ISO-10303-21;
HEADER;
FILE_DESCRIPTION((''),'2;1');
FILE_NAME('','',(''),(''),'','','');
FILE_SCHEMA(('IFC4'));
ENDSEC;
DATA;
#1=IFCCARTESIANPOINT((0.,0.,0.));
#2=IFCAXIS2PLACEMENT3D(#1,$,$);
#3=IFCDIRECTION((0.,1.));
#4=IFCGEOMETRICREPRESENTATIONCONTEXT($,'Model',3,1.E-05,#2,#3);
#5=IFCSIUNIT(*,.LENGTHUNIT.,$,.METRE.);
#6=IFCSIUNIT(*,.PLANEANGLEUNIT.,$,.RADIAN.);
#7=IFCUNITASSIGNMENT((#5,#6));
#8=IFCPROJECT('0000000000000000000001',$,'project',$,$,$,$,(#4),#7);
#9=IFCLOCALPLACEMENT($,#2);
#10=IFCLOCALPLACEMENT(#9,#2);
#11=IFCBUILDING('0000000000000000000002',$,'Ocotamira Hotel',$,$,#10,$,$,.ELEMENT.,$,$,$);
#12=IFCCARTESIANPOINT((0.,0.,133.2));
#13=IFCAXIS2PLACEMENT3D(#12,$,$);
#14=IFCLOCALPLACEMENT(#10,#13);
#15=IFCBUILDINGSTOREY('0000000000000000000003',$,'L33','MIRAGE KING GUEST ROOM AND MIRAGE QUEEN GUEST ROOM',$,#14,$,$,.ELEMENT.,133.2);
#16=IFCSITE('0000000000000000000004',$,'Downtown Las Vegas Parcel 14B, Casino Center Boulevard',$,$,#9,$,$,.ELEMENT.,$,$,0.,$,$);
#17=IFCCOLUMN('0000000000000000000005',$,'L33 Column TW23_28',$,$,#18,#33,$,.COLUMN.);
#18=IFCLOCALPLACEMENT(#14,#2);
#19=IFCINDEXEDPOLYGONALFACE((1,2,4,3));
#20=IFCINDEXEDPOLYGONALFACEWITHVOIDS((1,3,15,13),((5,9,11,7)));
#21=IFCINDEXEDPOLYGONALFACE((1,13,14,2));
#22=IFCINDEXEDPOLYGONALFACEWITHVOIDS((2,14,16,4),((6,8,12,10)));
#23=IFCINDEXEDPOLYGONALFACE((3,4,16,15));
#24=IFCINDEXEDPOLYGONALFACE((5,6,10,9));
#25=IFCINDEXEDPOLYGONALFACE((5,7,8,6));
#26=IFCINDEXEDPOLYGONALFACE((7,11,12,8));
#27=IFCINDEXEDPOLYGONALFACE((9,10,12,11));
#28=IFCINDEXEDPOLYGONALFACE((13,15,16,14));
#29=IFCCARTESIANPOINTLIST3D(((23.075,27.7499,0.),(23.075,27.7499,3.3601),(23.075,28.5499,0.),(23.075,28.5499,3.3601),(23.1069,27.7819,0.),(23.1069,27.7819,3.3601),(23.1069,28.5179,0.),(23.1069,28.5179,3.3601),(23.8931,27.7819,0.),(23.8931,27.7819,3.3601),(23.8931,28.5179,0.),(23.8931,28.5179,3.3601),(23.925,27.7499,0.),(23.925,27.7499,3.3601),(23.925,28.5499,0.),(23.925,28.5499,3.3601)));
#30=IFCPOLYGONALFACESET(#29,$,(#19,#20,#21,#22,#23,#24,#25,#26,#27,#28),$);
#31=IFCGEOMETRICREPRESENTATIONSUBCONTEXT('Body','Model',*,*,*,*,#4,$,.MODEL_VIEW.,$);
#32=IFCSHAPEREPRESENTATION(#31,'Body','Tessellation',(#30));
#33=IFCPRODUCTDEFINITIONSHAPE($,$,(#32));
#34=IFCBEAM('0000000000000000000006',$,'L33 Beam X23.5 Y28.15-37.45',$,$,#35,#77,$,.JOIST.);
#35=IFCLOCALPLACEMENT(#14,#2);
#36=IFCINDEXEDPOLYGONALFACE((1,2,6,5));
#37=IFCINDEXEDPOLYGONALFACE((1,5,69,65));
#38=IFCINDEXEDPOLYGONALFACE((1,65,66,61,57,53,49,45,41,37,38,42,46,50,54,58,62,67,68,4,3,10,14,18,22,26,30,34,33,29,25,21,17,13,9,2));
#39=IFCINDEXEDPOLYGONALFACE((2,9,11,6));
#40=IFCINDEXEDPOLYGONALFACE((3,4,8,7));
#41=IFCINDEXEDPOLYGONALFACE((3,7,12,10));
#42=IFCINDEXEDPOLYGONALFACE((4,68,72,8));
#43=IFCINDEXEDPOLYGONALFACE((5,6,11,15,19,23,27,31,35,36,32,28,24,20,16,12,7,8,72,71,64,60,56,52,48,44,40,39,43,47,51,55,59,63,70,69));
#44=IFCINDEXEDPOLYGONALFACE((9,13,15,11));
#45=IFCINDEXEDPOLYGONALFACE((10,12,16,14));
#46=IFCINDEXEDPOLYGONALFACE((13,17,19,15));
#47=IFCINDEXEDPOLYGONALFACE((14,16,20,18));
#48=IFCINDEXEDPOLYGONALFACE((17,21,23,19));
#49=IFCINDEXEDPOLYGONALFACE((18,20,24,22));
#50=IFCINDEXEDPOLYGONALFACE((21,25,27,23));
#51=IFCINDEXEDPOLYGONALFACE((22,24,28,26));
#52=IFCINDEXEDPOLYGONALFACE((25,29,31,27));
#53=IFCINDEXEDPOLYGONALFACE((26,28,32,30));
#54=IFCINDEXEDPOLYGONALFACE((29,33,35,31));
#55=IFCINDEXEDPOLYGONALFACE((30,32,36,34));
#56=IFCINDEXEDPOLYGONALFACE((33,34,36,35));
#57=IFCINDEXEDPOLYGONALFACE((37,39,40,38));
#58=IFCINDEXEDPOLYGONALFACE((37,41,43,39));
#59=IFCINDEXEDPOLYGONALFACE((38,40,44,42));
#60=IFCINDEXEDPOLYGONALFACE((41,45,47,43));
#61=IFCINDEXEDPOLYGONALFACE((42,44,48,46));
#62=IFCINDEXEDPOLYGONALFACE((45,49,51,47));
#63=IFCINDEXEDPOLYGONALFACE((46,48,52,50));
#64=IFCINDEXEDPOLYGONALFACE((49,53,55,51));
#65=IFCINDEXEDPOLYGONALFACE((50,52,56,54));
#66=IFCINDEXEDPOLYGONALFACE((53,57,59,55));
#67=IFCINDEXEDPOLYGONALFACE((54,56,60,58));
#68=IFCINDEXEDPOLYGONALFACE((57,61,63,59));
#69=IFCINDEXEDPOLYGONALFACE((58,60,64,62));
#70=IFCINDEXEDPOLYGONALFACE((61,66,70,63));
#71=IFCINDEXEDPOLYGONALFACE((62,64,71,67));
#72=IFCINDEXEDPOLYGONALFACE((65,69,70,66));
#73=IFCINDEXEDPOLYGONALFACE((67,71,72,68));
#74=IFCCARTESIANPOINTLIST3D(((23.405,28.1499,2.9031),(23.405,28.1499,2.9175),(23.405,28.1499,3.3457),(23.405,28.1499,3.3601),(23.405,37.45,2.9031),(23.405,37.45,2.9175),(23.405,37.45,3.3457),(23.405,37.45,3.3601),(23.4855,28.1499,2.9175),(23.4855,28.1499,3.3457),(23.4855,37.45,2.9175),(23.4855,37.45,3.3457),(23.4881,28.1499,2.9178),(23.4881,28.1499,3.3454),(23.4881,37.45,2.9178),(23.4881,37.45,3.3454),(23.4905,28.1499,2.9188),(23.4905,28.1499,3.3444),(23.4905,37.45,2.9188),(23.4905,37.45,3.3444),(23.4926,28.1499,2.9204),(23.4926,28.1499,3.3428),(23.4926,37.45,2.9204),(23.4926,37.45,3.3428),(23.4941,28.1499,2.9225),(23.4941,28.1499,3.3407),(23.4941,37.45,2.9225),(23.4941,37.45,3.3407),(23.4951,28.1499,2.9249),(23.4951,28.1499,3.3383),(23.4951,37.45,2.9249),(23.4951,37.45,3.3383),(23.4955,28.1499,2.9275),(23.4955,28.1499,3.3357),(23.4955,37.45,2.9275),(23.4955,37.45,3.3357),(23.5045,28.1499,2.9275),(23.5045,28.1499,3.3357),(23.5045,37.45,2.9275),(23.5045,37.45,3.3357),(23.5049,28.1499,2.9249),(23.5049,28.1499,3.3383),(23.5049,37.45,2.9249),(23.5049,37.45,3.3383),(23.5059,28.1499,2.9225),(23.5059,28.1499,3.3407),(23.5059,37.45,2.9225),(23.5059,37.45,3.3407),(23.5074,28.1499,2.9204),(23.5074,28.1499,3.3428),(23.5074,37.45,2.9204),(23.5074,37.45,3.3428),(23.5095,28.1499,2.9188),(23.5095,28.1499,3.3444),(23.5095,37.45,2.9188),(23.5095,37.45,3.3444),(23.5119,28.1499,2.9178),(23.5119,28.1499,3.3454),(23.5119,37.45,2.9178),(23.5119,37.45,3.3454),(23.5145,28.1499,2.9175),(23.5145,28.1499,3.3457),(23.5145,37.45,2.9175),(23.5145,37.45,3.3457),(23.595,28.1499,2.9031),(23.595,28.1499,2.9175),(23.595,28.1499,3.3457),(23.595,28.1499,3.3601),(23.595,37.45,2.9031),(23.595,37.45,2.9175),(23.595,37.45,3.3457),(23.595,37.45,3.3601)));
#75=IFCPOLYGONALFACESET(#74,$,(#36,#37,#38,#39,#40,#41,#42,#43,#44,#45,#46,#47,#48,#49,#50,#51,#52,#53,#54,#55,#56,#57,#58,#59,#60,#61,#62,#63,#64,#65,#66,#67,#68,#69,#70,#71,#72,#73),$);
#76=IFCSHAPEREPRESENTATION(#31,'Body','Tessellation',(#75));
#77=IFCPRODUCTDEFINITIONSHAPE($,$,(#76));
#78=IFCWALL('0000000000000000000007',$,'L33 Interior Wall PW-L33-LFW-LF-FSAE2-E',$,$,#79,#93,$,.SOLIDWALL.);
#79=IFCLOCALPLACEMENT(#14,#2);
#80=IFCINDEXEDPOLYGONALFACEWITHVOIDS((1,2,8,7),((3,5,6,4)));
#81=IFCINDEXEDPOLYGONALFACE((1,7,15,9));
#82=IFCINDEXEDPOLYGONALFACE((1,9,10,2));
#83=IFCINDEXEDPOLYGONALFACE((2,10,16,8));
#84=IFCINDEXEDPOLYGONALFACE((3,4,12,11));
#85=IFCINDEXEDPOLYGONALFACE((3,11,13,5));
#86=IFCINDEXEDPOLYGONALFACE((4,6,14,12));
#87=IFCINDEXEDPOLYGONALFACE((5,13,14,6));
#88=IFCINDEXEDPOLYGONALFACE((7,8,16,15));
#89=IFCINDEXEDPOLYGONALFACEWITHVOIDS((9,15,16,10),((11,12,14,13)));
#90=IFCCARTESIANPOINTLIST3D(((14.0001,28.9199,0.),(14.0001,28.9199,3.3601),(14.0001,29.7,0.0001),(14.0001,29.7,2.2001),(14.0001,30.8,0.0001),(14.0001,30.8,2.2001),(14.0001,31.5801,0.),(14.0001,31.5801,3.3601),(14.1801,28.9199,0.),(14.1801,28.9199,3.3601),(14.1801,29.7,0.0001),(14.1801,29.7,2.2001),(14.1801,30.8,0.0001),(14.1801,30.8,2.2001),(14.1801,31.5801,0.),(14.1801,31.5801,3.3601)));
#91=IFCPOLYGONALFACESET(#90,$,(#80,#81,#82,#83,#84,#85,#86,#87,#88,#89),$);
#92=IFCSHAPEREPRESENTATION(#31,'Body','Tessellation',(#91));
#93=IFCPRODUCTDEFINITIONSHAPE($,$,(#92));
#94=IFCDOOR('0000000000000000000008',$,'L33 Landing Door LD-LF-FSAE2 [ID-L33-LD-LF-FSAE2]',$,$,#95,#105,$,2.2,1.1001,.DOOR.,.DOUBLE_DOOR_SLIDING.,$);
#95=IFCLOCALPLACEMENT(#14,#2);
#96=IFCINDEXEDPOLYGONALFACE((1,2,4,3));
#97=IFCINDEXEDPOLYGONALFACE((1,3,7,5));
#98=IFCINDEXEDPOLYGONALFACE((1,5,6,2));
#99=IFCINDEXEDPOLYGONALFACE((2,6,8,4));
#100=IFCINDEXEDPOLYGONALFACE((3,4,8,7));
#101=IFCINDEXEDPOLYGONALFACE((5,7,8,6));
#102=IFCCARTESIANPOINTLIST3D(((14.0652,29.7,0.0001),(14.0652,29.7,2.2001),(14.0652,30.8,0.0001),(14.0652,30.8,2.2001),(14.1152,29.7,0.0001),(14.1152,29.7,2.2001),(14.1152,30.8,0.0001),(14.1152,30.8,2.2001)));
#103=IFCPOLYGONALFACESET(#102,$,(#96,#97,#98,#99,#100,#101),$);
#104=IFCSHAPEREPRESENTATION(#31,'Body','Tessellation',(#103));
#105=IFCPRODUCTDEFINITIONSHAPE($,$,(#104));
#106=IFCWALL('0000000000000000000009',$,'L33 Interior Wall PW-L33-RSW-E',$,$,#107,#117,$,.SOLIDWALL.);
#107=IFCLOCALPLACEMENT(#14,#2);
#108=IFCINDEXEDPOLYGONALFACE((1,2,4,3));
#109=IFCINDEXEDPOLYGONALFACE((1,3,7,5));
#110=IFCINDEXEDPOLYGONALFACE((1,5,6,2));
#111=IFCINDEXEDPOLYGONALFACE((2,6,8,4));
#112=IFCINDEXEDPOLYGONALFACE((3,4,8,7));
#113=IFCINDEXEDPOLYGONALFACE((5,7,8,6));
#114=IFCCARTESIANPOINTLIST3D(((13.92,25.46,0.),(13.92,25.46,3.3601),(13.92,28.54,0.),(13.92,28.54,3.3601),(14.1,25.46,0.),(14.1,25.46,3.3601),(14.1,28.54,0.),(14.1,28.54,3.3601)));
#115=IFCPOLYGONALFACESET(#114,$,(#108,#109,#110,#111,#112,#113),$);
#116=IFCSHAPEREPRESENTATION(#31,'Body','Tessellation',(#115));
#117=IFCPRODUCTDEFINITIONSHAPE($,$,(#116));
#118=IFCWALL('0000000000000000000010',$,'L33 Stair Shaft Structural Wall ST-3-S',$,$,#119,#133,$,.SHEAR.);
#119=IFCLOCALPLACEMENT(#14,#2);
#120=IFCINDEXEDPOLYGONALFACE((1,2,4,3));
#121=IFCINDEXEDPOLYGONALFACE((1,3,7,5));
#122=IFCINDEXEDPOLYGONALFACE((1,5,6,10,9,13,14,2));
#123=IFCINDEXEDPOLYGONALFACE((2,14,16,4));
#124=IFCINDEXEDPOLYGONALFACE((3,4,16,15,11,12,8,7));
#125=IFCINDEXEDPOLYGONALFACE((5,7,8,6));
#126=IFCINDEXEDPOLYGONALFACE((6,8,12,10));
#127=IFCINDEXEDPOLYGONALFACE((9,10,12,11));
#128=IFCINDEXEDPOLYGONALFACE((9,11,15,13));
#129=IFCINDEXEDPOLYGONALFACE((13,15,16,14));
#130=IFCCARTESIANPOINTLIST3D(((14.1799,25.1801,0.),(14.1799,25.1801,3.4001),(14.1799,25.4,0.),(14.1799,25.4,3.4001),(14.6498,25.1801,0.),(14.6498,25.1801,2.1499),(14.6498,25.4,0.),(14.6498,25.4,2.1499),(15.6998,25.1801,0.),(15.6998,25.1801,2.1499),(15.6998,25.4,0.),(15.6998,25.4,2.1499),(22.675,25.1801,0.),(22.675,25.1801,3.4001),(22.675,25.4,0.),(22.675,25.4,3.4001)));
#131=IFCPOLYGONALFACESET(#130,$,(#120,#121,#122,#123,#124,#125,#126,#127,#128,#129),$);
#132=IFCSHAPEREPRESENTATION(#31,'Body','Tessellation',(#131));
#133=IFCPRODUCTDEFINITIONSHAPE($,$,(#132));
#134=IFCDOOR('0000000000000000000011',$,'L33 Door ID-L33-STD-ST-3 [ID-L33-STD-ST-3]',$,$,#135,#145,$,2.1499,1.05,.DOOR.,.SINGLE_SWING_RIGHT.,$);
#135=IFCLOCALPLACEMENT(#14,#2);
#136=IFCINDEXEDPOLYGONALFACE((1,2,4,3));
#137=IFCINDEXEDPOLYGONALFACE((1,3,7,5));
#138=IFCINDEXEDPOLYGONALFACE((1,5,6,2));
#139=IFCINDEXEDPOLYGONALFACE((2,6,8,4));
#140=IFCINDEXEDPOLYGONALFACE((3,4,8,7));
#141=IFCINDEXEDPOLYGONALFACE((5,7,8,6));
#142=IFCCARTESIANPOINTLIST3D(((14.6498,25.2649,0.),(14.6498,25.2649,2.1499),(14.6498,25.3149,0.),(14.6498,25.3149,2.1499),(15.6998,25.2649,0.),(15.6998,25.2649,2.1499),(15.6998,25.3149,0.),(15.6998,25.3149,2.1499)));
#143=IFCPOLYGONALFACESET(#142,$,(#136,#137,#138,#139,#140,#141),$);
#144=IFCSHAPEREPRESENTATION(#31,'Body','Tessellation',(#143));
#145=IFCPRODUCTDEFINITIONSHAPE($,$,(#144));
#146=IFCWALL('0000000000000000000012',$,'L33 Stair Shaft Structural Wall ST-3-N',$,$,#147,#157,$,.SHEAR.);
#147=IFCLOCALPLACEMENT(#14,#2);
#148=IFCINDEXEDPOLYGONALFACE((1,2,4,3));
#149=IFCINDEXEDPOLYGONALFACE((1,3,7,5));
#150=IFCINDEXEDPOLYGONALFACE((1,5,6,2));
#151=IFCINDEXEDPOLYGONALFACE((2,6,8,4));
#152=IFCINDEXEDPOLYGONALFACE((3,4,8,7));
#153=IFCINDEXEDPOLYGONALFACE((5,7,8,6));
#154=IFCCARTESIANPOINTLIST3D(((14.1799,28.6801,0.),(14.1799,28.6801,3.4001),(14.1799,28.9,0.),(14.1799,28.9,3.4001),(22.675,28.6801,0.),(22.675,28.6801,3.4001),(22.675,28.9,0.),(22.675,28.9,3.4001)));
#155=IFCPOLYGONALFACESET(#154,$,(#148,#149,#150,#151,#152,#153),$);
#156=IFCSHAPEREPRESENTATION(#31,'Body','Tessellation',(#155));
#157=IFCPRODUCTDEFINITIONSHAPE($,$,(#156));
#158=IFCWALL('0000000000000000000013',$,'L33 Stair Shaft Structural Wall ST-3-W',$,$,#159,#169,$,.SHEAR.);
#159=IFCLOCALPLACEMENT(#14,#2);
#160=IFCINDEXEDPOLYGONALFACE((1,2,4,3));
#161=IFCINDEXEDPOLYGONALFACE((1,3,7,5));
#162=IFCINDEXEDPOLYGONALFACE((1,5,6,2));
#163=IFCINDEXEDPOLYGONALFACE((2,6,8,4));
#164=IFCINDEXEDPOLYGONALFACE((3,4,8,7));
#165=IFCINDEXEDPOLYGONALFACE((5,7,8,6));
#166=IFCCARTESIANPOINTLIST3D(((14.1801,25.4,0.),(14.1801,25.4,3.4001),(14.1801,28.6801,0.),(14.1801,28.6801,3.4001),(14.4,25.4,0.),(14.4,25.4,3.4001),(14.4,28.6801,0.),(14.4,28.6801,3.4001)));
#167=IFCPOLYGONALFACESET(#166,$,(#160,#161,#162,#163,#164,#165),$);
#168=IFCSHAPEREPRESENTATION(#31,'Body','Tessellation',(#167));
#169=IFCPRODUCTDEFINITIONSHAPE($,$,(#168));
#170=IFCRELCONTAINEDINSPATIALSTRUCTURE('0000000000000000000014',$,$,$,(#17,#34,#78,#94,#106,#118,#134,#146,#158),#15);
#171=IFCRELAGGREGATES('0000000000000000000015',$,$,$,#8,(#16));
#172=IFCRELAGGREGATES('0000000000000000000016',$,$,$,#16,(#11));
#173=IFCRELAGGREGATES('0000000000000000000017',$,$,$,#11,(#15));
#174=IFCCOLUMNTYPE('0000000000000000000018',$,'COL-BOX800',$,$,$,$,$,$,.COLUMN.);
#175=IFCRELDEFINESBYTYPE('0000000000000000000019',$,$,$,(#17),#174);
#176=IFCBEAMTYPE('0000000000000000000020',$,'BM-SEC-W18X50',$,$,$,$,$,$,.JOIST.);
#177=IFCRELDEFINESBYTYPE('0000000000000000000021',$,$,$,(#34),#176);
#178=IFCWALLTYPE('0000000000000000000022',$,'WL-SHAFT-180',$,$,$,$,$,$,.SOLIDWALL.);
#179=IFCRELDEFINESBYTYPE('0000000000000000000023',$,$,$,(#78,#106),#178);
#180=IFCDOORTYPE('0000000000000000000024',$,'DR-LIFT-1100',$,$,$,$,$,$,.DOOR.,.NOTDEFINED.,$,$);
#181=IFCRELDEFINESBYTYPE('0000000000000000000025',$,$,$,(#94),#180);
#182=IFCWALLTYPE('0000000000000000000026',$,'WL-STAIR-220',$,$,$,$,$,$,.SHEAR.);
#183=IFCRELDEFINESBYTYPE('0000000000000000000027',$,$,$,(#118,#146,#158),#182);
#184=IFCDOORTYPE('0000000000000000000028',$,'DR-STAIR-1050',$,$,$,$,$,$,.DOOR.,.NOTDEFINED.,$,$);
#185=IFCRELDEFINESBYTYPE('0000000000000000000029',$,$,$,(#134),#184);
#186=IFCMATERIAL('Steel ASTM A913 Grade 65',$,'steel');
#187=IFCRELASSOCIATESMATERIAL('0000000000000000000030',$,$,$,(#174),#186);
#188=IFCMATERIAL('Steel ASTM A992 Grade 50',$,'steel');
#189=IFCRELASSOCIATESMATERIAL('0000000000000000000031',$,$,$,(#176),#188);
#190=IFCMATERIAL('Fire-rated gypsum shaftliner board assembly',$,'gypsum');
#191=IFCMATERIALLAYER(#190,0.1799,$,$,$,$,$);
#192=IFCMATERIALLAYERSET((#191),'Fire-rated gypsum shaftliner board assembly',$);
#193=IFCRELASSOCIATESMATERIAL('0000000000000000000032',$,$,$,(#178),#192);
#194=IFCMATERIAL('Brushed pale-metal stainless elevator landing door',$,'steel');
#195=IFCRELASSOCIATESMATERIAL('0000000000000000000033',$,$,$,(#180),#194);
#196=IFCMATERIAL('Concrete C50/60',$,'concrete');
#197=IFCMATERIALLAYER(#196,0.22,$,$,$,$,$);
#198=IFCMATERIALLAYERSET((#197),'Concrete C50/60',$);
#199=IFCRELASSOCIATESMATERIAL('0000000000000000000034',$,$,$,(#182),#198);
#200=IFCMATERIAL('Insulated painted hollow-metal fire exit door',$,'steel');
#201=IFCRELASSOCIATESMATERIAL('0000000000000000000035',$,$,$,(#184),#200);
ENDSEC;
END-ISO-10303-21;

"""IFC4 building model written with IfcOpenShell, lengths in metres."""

from ifc_helpers import new_model, si_unit, direction, frame, frame_2d, origin, origin_2d, place, context, subcontext, project, spatial, rectangle, hollow_rectangle, i_section, extrude, source, transform, mapped, material, layer, layer_set, material_profile, profile_set, type_object, element, fill, save


model = new_model("IFC4")

# Units and contexts
model_context = context("Model", 3, precision=1e-05, world=origin(), true_north=direction((0.0, 1.0)))
body_context = subcontext(model_context, "Body", "Model", "MODEL_VIEW")
ifc_project = project(units=[si_unit("LENGTHUNIT", "METRE"), si_unit("PLANEANGLEUNIT", "RADIAN")], contexts=[model_context])

# Site, building, storey
site_placement = place(None, origin())
site = spatial("IfcSite", under=ifc_project, at=site_placement, Name="Downtown Las Vegas Parcel 14B, Casino Center Boulevard", CompositionType="ELEMENT", RefElevation=0.0)
building_placement = place(site_placement, origin())
building = spatial("IfcBuilding", under=site, at=building_placement, Name="Ocotamira Hotel", CompositionType="ELEMENT")
storey_placement = place(building_placement, frame((0.0, 0.0, 133.2)))
storey = spatial("IfcBuildingStorey", under=building, at=storey_placement, Name="L33", Description="MIRAGE KING GUEST ROOM AND MIRAGE QUEEN GUEST ROOM", CompositionType="ELEMENT", Elevation=133.2)

# Column
ifc_material_1 = material(Name="Steel ASTM A913 Grade 65", Category="steel")
ifc_material_profile_1 = material_profile(ifc_material_1, hollow_rectangle(XDim=0.8501, YDim=0.8, WallThickness=0.032, at=origin_2d()), Name="BOX800X850X32")
ifc_profile_set_1 = profile_set([ifc_material_profile_1], Name="Steel ASTM A913 Grade 65")
column_type = type_object("IfcColumnType", Name="COL-BOX800", PredefinedType="COLUMN", material=ifc_profile_set_1)
shared_shape_1 = source(origin(), body_context, "Body", "SweptSolid", [
    extrude(hollow_rectangle(XDim=0.8501, YDim=0.8, WallThickness=0.032, at=origin_2d()), origin(), (0.0, 0.0, 1.0), 3.3601),
])
column_placement = place(storey_placement, frame((23.5, 28.1499, 0.0), z_axis=(0.0, 0.0, 1.0), x_axis=(1.0, 0.0, 0.0)))
element("IfcColumn", 1, at=column_placement, inside=storey, type_object=column_type, Name="L33 Column TW23_28", PredefinedType="COLUMN", context=body_context, shape_type="MappedRepresentation", body=[
    mapped(shared_shape_1, transform((0.0, 0.0, 0.0), scale=1.0)),
])

# Beam
ifc_material_2 = material(Name="Steel ASTM A992 Grade 50", Category="steel")
ifc_material_profile_2 = material_profile(ifc_material_2, i_section(OverallWidth=0.1899, OverallDepth=0.457, WebThickness=0.009, FlangeThickness=0.0144, FilletRadius=0.01, at=origin_2d()), Name="W18X50")
ifc_profile_set_2 = profile_set([ifc_material_profile_2], Name="Steel ASTM A992 Grade 50")
beam_type = type_object("IfcBeamType", Name="BM-SEC-W18X50", PredefinedType="JOIST", material=ifc_profile_set_2)
shared_shape_2 = source(origin(), body_context, "Body", "SweptSolid", [
    extrude(i_section(OverallWidth=0.1899, OverallDepth=0.457, WebThickness=0.009, FlangeThickness=0.0144, FilletRadius=0.01, at=origin_2d()), origin(), (0.0, 0.0, 1.0), 9.3),
])
beam_placement = place(storey_placement, frame((23.5, 28.1499, 3.1316), z_axis=(0.0, 1.0, 0.0), x_axis=(-1.0, 0.0, 0.0)))
element("IfcBeam", 2, at=beam_placement, inside=storey, type_object=beam_type, Name="L33 Beam X23.5 Y28.15-37.45", PredefinedType="JOIST", context=body_context, shape_type="MappedRepresentation", body=[
    mapped(shared_shape_2, transform((0.0, 0.0, 0.0), scale=1.0)),
])

# Wall, opening, door
ifc_material_3 = material(Name="Fire-rated gypsum shaftliner board assembly", Category="gypsum")
ifc_layer_1 = layer(ifc_material_3, 0.1799)
ifc_layer_set_1 = layer_set([ifc_layer_1], Name="Fire-rated gypsum shaftliner board assembly")
wall_type_1 = type_object("IfcWallType", Name="WL-SHAFT-180", PredefinedType="SOLIDWALL", material=ifc_layer_set_1)
wall_1_placement = place(storey_placement, frame((14.0901, 28.9199, 0.0), z_axis=(0.0, 0.0, 1.0), x_axis=(0.0, 1.0, 0.0)))
wall_1 = element("IfcWall", 3, at=wall_1_placement, inside=storey, type_object=wall_type_1, Name="L33 Interior Wall PW-L33-LFW-LF-FSAE2-E", PredefinedType="SOLIDWALL", context=body_context, shape_type="SweptSolid", body=[
    extrude(rectangle(XDim=2.6602, YDim=0.1799, at=frame_2d((1.3301, 0.0))), origin(), (0.0, 0.0, 1.0), 3.3601),
])
opening_1_placement = place(wall_1_placement, frame((0.78, 0.0, 0.0)))
opening_1 = element("IfcOpeningElement", 4, at=opening_1_placement, cuts=wall_1, PredefinedType="OPENING", context=body_context, shape_type="SweptSolid", body=[
    extrude(rectangle(XDim=1.1001, YDim=2.2, at=frame_2d((0.55, 1.1001))), frame((0.0, 0.1001, 0.0), z_axis=(0.0, -1.0, 0.0), x_axis=(1.0, 0.0, 0.0)), (0.0, 0.0, 1.0), 0.2),
])
ifc_material_4 = material(Name="Brushed pale-metal stainless elevator landing door", Category="steel")
door_type_1 = type_object("IfcDoorType", Name="DR-LIFT-1100", OperationType="NOTDEFINED", PredefinedType="DOOR", material=ifc_material_4)
shared_shape_3 = source(origin(), body_context, "Body", "SweptSolid", [
    extrude(rectangle(XDim=1.1001, YDim=2.2, at=frame_2d((0.55, 1.1001))), frame((0.0, 0.0249, 0.0), z_axis=(0.0, -1.0, 0.0), x_axis=(1.0, 0.0, 0.0)), (0.0, 0.0, 1.0), 0.05),
])
door_1_placement = place(opening_1_placement, origin())
door_1 = element("IfcDoor", 5, at=door_1_placement, inside=storey, type_object=door_type_1, Name="L33 Landing Door LD-LF-FSAE2 [ID-L33-LD-LF-FSAE2]", OperationType="DOUBLE_DOOR_SLIDING", OverallHeight=2.2, OverallWidth=1.1001, PredefinedType="DOOR", context=body_context, shape_type="MappedRepresentation", body=[
    mapped(shared_shape_3, transform((0.0, 0.0, 0.0), scale=1.0)),
])
fill(opening_1, door_1)

# Wall
wall_2_placement = place(storey_placement, frame((14.01, 25.46, 0.0), z_axis=(0.0, 0.0, 1.0), x_axis=(0.0, 1.0, 0.0)))
element("IfcWall", 6, at=wall_2_placement, inside=storey, type_object=wall_type_1, Name="L33 Interior Wall PW-L33-RSW-E", PredefinedType="SOLIDWALL", context=body_context, shape_type="SweptSolid", body=[
    extrude(rectangle(XDim=3.0801, YDim=0.1799, at=frame_2d((1.54, 0.0))), origin(), (0.0, 0.0, 1.0), 3.3601),
])

# Wall, opening, door
ifc_material_5 = material(Name="Concrete C50/60", Category="concrete")
ifc_layer_2 = layer(ifc_material_5, 0.22)
ifc_layer_set_2 = layer_set([ifc_layer_2], Name="Concrete C50/60")
wall_type_2 = type_object("IfcWallType", Name="WL-STAIR-220", PredefinedType="SHEAR", material=ifc_layer_set_2)
wall_3_placement = place(storey_placement, frame((14.1799, 25.29, 0.0), z_axis=(0.0, 0.0, 1.0), x_axis=(1.0, 0.0, 0.0)))
wall_3 = element("IfcWall", 7, at=wall_3_placement, inside=storey, type_object=wall_type_2, Name="L33 Stair Shaft Structural Wall ST-3-S", PredefinedType="SHEAR", context=body_context, shape_type="SweptSolid", body=[
    extrude(rectangle(XDim=8.4951, YDim=0.22, at=frame_2d((4.2476, 0.0))), origin(), (0.0, 0.0, 1.0), 3.4001),
])
opening_2_placement = place(wall_3_placement, frame((0.47, 0.0, 0.0)))
opening_2 = element("IfcOpeningElement", 8, at=opening_2_placement, cuts=wall_3, PredefinedType="OPENING", context=body_context, shape_type="SweptSolid", body=[
    extrude(rectangle(XDim=1.05, YDim=2.1499, at=frame_2d((0.5249, 1.075))), frame((0.0, 0.1201, 0.0), z_axis=(0.0, -1.0, 0.0), x_axis=(1.0, 0.0, 0.0)), (0.0, 0.0, 1.0), 0.24),
])
ifc_material_6 = material(Name="Insulated painted hollow-metal fire exit door", Category="steel")
door_type_2 = type_object("IfcDoorType", Name="DR-STAIR-1050", OperationType="NOTDEFINED", PredefinedType="DOOR", material=ifc_material_6)
shared_shape_4 = source(origin(), body_context, "Body", "SweptSolid", [
    extrude(rectangle(XDim=1.05, YDim=2.1499, at=frame_2d((0.5249, 1.075))), frame((0.0, 0.0249, 0.0), z_axis=(0.0, -1.0, 0.0), x_axis=(1.0, 0.0, 0.0)), (0.0, 0.0, 1.0), 0.05),
])
door_2_placement = place(opening_2_placement, origin())
door_2 = element("IfcDoor", 9, at=door_2_placement, inside=storey, type_object=door_type_2, Name="L33 Door ID-L33-STD-ST-3 [ID-L33-STD-ST-3]", OperationType="SINGLE_SWING_RIGHT", OverallHeight=2.1499, OverallWidth=1.05, PredefinedType="DOOR", context=body_context, shape_type="MappedRepresentation", body=[
    mapped(shared_shape_4, transform((0.0, 0.0, 0.0), scale=1.0)),
])
fill(opening_2, door_2)

# Walls
wall_4_placement = place(storey_placement, frame((14.1799, 28.79, 0.0), z_axis=(0.0, 0.0, 1.0), x_axis=(1.0, 0.0, 0.0)))
element("IfcWall", 10, at=wall_4_placement, inside=storey, type_object=wall_type_2, Name="L33 Stair Shaft Structural Wall ST-3-N", PredefinedType="SHEAR", context=body_context, shape_type="SweptSolid", body=[
    extrude(rectangle(XDim=8.4951, YDim=0.22, at=frame_2d((4.2476, 0.0))), origin(), (0.0, 0.0, 1.0), 3.4001),
])
for number, where, z_axis, x_axis, name in (
    (11, (14.29, 25.3999, 0.0), (0.0, 0.0, 1.0), (0.0, 1.0, 0.0), "L33 Stair Shaft Structural Wall ST-3-W"),
):
    element("IfcWall", number, at=place(storey_placement, frame(where, z_axis=z_axis, x_axis=x_axis)), inside=storey, type_object=wall_type_2, Name=name, PredefinedType="SHEAR", context=body_context, shape_type="SweptSolid", body=[
        extrude(rectangle(XDim=3.28, YDim=0.22, at=frame_2d((1.6401, 0.0))), origin(), (0.0, 0.0, 1.0), 3.4001),
    ])

save(model, "model.ifc")
